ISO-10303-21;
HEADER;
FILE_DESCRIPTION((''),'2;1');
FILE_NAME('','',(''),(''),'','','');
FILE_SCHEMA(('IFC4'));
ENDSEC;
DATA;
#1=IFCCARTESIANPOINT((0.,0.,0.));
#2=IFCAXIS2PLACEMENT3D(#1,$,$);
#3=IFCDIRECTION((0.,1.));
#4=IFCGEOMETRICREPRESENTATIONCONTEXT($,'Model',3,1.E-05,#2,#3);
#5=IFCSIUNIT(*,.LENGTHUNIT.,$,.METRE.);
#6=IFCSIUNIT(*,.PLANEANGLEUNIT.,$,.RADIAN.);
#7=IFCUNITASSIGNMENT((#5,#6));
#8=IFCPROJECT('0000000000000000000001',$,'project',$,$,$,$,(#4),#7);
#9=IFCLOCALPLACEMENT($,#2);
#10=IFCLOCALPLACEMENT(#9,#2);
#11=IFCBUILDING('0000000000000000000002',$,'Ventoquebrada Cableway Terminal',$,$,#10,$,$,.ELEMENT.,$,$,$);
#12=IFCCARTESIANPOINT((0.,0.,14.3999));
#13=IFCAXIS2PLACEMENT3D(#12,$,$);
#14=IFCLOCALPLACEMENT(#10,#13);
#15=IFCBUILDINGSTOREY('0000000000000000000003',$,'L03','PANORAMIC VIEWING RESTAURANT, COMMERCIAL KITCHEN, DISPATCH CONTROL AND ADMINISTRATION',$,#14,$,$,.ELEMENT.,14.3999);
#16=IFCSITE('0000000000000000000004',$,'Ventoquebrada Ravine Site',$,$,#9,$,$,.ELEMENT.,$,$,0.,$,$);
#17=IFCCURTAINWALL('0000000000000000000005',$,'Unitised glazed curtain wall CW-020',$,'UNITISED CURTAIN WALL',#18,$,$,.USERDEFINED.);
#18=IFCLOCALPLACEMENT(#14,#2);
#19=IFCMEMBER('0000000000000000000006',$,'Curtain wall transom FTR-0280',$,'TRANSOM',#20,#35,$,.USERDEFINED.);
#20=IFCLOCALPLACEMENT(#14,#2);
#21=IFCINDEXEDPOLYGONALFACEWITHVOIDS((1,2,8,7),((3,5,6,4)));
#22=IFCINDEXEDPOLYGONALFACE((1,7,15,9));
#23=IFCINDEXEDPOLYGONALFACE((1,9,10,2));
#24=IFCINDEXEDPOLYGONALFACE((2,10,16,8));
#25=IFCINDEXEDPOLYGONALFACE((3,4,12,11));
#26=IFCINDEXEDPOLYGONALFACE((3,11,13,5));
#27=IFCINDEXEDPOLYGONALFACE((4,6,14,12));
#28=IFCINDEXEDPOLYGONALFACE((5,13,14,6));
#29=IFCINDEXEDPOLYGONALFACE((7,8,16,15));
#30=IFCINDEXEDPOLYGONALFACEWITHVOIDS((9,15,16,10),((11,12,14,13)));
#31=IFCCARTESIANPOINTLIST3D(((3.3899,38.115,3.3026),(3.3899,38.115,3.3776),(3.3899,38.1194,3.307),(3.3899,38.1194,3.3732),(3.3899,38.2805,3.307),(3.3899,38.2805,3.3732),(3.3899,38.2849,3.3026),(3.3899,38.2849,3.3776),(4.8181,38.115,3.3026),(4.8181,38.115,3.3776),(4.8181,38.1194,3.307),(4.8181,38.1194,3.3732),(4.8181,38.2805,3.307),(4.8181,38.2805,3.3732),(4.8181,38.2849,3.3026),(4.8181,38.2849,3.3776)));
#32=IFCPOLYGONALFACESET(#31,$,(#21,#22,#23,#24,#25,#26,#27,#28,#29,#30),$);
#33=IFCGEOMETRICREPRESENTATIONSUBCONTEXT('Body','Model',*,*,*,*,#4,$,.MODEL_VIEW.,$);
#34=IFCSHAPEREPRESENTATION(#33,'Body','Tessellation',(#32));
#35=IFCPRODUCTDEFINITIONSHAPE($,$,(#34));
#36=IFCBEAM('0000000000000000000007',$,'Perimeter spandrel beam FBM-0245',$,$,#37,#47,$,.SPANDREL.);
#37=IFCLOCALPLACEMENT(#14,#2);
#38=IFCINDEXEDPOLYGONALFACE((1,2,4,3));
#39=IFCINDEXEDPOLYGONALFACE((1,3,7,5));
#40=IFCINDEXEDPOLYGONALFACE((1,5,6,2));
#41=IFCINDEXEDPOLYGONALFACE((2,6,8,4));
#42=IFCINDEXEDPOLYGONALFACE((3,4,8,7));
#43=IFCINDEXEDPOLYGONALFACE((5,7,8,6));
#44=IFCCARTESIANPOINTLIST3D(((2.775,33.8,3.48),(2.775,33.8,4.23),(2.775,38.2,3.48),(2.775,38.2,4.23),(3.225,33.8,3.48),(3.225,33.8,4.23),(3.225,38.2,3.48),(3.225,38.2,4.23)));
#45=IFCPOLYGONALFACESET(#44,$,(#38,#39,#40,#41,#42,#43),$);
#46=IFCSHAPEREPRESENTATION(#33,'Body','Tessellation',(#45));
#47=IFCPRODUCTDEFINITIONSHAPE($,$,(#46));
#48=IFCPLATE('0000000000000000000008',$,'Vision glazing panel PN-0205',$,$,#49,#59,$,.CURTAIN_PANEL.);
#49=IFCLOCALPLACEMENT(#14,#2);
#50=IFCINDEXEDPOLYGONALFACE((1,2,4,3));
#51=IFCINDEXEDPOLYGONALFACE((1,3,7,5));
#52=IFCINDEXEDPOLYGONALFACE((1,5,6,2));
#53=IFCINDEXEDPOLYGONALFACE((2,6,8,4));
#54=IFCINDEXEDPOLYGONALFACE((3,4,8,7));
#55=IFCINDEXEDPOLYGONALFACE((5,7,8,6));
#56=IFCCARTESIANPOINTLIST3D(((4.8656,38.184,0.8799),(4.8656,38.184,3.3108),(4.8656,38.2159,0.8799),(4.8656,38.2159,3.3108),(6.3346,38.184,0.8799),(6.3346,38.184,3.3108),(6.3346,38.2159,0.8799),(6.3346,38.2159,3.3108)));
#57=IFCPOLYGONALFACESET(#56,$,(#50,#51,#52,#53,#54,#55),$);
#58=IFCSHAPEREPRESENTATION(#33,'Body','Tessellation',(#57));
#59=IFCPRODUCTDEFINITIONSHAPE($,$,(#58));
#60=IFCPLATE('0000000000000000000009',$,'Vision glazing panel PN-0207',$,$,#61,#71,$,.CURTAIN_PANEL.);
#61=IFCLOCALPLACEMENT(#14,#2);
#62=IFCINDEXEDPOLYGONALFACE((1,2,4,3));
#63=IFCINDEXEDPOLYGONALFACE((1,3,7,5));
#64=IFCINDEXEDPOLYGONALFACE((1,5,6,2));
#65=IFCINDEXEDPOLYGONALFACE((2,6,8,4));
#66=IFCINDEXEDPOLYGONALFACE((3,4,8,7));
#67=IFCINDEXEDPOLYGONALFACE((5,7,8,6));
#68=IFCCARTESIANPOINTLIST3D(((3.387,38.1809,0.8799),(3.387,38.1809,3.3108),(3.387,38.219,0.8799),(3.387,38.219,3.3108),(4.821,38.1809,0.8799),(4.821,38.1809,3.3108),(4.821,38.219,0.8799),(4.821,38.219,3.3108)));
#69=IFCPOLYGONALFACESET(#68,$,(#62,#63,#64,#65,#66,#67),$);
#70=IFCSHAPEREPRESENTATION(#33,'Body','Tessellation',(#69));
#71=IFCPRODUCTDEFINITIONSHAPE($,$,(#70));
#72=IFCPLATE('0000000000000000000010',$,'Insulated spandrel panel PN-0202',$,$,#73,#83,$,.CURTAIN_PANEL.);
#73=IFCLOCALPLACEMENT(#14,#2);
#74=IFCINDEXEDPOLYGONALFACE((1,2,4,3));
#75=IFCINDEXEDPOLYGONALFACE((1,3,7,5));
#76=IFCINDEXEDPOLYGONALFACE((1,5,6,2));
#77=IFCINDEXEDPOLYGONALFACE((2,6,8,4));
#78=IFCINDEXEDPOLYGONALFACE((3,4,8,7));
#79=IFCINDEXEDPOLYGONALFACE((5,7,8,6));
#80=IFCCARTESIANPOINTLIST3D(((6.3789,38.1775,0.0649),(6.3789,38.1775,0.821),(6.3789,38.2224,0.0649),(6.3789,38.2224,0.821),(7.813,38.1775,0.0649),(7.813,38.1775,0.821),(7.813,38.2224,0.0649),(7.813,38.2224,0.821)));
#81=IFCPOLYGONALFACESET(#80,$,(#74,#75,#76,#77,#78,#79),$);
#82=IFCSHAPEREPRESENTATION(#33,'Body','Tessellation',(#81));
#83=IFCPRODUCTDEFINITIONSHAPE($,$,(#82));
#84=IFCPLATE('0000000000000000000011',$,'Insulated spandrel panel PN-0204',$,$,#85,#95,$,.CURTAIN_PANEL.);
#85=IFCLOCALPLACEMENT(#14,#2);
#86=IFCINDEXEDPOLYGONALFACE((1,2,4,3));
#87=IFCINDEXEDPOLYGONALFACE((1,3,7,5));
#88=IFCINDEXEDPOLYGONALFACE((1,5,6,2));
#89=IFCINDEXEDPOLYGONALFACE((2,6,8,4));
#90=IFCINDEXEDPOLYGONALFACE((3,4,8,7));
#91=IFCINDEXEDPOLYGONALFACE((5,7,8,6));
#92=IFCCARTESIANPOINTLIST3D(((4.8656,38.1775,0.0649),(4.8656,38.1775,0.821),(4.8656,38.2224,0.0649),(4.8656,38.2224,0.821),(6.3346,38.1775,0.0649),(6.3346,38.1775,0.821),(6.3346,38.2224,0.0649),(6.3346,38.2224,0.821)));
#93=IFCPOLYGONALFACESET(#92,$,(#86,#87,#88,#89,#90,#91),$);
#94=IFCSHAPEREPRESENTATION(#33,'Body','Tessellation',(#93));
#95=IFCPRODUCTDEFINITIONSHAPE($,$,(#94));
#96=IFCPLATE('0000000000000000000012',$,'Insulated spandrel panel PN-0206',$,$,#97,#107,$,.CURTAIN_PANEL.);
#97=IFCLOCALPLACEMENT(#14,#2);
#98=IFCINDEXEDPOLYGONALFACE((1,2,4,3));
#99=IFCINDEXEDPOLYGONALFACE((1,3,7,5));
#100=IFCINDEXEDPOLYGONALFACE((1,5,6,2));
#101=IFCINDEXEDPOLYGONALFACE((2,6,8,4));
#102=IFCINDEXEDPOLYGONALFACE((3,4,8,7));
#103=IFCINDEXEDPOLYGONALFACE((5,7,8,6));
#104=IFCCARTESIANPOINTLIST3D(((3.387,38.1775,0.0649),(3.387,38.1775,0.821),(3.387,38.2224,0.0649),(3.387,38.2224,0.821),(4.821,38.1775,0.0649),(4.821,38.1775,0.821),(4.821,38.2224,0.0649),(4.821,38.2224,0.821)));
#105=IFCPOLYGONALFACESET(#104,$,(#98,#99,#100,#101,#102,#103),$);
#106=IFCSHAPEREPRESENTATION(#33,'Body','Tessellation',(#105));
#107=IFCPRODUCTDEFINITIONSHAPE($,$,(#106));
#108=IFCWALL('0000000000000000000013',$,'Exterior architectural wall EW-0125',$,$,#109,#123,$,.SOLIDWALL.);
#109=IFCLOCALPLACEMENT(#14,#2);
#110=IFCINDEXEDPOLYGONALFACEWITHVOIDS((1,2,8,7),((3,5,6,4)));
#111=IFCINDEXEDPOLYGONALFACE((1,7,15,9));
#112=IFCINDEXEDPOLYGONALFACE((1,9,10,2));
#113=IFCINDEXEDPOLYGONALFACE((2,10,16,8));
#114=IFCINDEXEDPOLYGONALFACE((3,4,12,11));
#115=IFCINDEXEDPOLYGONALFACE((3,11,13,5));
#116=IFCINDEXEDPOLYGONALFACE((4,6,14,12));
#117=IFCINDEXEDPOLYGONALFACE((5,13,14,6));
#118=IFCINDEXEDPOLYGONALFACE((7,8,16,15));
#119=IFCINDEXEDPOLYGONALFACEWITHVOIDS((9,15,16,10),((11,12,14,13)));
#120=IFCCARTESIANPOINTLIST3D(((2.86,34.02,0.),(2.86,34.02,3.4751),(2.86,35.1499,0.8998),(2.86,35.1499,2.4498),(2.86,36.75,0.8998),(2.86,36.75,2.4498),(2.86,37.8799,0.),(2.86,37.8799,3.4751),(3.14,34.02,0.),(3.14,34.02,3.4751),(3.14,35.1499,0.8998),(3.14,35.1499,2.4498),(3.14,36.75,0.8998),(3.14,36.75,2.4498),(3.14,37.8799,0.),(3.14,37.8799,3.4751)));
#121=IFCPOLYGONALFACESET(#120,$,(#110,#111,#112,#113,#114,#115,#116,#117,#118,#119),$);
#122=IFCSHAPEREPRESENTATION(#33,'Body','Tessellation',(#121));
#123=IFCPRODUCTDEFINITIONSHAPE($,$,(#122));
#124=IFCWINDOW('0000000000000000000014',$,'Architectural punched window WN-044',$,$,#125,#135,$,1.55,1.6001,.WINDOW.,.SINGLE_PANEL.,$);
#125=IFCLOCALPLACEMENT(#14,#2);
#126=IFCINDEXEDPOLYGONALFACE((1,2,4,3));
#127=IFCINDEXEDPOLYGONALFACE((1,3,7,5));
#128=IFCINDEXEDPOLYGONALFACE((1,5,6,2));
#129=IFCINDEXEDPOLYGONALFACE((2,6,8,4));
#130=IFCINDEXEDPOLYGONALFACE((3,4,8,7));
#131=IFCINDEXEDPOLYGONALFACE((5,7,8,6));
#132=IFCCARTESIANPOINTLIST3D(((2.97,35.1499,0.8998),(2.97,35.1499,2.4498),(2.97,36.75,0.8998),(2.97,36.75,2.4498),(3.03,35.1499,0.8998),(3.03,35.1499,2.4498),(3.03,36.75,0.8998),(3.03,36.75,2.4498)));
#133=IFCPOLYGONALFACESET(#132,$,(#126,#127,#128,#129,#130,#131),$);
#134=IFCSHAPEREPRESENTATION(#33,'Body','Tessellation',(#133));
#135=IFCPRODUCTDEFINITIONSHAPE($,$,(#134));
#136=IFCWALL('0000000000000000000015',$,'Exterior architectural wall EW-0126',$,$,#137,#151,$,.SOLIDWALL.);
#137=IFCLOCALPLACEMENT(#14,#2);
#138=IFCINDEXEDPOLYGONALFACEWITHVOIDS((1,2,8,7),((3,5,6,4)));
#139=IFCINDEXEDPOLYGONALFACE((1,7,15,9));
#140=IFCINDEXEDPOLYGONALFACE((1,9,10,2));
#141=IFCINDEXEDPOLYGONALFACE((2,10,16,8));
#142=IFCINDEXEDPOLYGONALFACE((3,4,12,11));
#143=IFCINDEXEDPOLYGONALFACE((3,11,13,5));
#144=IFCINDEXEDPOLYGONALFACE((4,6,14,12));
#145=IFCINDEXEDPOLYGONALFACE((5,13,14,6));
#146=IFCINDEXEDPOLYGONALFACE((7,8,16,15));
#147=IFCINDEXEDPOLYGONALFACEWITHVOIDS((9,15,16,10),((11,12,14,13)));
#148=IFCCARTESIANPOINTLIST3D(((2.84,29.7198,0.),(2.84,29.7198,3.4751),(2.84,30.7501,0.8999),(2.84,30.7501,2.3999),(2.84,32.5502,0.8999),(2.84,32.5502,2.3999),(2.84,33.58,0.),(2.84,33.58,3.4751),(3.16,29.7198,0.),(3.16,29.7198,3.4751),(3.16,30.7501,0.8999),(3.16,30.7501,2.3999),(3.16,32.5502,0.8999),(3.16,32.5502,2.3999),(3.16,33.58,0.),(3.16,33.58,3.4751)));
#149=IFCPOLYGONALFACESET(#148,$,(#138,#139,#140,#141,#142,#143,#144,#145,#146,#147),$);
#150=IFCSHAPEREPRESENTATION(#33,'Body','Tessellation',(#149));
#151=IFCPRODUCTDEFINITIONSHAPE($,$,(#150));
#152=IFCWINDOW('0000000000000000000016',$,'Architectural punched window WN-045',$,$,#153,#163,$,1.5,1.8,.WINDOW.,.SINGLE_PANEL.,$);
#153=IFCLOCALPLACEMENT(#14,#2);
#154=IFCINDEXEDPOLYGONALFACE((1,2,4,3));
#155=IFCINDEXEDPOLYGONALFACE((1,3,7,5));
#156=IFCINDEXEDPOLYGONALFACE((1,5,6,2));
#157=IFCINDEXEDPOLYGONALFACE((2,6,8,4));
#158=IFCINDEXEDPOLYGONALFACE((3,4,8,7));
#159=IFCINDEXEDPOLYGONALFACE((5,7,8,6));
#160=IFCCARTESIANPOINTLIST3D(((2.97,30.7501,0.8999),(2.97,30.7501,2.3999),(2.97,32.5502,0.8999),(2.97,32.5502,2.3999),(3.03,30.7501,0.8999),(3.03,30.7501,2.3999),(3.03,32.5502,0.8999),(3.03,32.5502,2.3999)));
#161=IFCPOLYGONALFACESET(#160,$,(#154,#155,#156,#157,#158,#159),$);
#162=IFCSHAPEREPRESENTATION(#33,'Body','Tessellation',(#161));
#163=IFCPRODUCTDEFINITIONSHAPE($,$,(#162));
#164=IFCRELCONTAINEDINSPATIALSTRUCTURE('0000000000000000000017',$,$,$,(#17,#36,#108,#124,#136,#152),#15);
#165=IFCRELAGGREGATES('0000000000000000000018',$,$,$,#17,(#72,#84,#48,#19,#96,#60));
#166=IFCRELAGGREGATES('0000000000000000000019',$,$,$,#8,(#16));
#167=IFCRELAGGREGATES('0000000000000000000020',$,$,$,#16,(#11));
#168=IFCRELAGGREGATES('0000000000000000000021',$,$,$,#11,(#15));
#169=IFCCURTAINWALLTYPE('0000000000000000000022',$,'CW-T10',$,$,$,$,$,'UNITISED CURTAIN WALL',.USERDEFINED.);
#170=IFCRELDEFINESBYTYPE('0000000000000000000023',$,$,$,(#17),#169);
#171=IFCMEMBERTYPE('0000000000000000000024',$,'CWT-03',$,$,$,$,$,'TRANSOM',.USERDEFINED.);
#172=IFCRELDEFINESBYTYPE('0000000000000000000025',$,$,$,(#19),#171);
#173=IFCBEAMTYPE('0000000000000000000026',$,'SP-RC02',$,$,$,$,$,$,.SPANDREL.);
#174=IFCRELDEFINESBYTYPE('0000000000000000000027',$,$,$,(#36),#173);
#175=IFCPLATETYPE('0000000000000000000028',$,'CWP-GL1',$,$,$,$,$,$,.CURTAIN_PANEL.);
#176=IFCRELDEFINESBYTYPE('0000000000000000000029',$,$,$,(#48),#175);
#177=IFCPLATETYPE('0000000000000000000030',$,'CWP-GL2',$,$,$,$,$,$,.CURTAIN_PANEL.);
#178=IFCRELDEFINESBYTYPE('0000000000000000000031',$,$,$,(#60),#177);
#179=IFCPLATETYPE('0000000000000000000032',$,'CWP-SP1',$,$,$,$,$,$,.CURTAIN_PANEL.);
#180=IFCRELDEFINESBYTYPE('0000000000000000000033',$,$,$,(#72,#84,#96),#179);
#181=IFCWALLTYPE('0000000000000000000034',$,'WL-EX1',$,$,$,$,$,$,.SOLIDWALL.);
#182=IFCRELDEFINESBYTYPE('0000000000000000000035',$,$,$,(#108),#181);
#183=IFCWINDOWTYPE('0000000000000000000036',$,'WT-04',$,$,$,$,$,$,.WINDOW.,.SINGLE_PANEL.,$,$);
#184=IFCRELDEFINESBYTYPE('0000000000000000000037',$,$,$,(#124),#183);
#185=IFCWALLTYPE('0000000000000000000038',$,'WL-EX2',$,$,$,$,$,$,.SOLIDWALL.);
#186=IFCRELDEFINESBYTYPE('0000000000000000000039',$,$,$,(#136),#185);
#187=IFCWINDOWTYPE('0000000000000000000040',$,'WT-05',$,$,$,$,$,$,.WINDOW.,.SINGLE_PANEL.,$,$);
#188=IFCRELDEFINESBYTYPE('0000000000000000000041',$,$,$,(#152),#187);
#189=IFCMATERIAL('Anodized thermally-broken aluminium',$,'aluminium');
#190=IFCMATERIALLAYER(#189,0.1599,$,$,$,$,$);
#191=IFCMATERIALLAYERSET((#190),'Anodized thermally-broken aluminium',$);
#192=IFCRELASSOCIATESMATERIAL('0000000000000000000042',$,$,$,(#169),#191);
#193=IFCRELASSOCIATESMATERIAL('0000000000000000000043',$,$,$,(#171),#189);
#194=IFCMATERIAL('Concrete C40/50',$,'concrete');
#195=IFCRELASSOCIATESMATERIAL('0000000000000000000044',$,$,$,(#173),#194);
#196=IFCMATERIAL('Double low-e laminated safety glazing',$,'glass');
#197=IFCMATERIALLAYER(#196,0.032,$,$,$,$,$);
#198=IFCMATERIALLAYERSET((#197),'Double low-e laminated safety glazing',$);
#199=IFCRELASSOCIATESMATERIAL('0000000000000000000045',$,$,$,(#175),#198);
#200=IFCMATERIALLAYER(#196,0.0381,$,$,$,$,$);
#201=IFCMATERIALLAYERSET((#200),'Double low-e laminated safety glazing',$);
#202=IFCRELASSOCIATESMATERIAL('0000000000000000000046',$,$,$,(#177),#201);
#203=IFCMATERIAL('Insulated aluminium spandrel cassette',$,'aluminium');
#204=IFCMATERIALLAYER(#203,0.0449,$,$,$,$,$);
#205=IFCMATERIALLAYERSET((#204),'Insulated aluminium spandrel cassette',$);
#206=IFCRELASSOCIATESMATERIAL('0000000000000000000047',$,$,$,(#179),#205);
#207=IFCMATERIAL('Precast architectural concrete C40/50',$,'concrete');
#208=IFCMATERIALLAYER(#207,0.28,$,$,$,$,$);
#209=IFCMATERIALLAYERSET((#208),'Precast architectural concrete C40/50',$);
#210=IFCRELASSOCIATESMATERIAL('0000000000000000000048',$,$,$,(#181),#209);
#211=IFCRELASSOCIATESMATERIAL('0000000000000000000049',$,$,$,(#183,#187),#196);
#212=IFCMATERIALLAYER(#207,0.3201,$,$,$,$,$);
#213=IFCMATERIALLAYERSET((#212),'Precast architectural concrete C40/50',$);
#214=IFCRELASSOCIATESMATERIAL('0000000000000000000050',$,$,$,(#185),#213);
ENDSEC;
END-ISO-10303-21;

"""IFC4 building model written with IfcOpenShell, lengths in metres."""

from ifc_helpers import new_model, si_unit, direction, frame, frame_2d, origin, origin_2d, place, context, subcontext, project, spatial, rectangle, hollow_rectangle, extrude, material, layer, layer_set, material_profile, profile_set, type_object, element, fill, aggregate, save


model = new_model("IFC4")

# Units and contexts
model_context = context("Model", 3, precision=1e-05, world=origin(), true_north=direction((0.0, 1.0)))
body_context = subcontext(model_context, "Body", "Model", "MODEL_VIEW")
ifc_project = project(units=[si_unit("LENGTHUNIT", "METRE"), si_unit("PLANEANGLEUNIT", "RADIAN")], contexts=[model_context])

# Site, building, storey
site_placement = place(None, origin())
site = spatial("IfcSite", under=ifc_project, at=site_placement, Name="Ventoquebrada Ravine Site", CompositionType="ELEMENT", RefElevation=0.0)
building_placement = place(site_placement, origin())
building = spatial("IfcBuilding", under=site, at=building_placement, Name="Ventoquebrada Cableway Terminal", CompositionType="ELEMENT")
storey_placement = place(building_placement, frame((0.0, 0.0, 14.3999)))
storey = spatial("IfcBuildingStorey", under=building, at=storey_placement, Name="L03", Description="PANORAMIC VIEWING RESTAURANT, COMMERCIAL KITCHEN, DISPATCH CONTROL AND ADMINISTRATION", CompositionType="ELEMENT", Elevation=14.3999)

# Shared definitions
ifc_material_1 = material(Name="Concrete C40/50", Category="concrete")

# Curtain wall, member
ifc_material_2 = material(Name="Anodized thermally-broken aluminium", Category="aluminium")
ifc_layer_1 = layer(ifc_material_2, 0.1599)
ifc_layer_set_1 = layer_set([ifc_layer_1], Name="Anodized thermally-broken aluminium")
curtain_wall_type = type_object("IfcCurtainWallType", Name="CW-T10", ElementType="UNITISED CURTAIN WALL", PredefinedType="USERDEFINED", material=ifc_layer_set_1)
curtain_wall_placement = place(storey_placement, origin())
curtain_wall = element("IfcCurtainWall", 1, at=curtain_wall_placement, inside=storey, type_object=curtain_wall_type, Name="Unitised glazed curtain wall CW-020", ObjectType="UNITISED CURTAIN WALL", PredefinedType="USERDEFINED")
ifc_material_profile_1 = material_profile(ifc_material_2, hollow_rectangle(XDim=0.075, YDim=0.1699, WallThickness=0.0044, at=origin_2d()), Name="CW-TRN-75X170")
ifc_profile_set_1 = profile_set([ifc_material_profile_1], Name="Anodized thermally-broken aluminium")
member_type_1 = type_object("IfcMemberType", Name="CWT-03", ElementType="TRANSOM", PredefinedType="USERDEFINED", material=ifc_profile_set_1)
member_1_placement = place(storey_placement, frame((4.8181, 38.2, 3.3401), z_axis=(-1.0, 0.0, 0.0), x_axis=(0.0, 0.0, 1.0)))
member_1 = element("IfcMember", 2, at=member_1_placement, type_object=member_type_1, Name="Curtain wall transom FTR-0280", ObjectType="TRANSOM", PredefinedType="USERDEFINED", context=body_context, shape_type="SweptSolid", body=[
    extrude(hollow_rectangle(XDim=0.075, YDim=0.1699, WallThickness=0.0044, at=origin_2d()), origin(), (0.0, 0.0, 1.0), 1.4282),
])

# Beam
ifc_material_profile_2 = material_profile(ifc_material_1, rectangle(XDim=0.45, YDim=0.75, at=origin_2d()), Name="RC-BM-450X750")
ifc_profile_set_2 = profile_set([ifc_material_profile_2], Name="Concrete C40/50")
beam_type_1 = type_object("IfcBeamType", Name="SP-RC02", PredefinedType="SPANDREL", material=ifc_profile_set_2)
beam_1_placement = place(storey_placement, frame((3.0, 33.8, 3.855), z_axis=(0.0, 1.0, 0.0), x_axis=(-1.0, 0.0, 0.0)))
element("IfcBeam", 3, at=beam_1_placement, inside=storey, type_object=beam_type_1, Name="Perimeter spandrel beam FBM-0245", PredefinedType="SPANDREL", context=body_context, shape_type="SweptSolid", body=[
    extrude(rectangle(XDim=0.45, YDim=0.75, at=origin_2d()), origin(), (0.0, 0.0, 1.0), 4.3999),
])

# Plates
ifc_material_3 = material(Name="Double low-e laminated safety glazing", Category="glass")
ifc_layer_2 = layer(ifc_material_3, 0.032)
ifc_layer_set_2 = layer_set([ifc_layer_2], Name="Double low-e laminated safety glazing")
plate_type_1 = type_object("IfcPlateType", Name="CWP-GL1", PredefinedType="CURTAIN_PANEL", material=ifc_layer_set_2)
plate_1_placement = place(storey_placement, frame((5.6001, 38.2, 0.8799), z_axis=(0.0, 0.0, 1.0), x_axis=(-1.0, 0.0, 0.0)))
plate_1 = element("IfcPlate", 4, at=plate_1_placement, type_object=plate_type_1, Name="Vision glazing panel PN-0205", PredefinedType="CURTAIN_PANEL", context=body_context, shape_type="SweptSolid", body=[
    extrude(rectangle(XDim=1.469, YDim=0.032, at=origin_2d()), origin(), (0.0, 0.0, 1.0), 2.4309),
])
ifc_layer_3 = layer(ifc_material_3, 0.0381)
ifc_layer_set_3 = layer_set([ifc_layer_3], Name="Double low-e laminated safety glazing")
plate_type_2 = type_object("IfcPlateType", Name="CWP-GL2", PredefinedType="CURTAIN_PANEL", material=ifc_layer_set_3)
plate_2_placement = place(storey_placement, frame((4.104, 38.2, 0.8799), z_axis=(0.0, 0.0, 1.0), x_axis=(-1.0, 0.0, 0.0)))
plate_2 = element("IfcPlate", 5, at=plate_2_placement, type_object=plate_type_2, Name="Vision glazing panel PN-0207", PredefinedType="CURTAIN_PANEL", context=body_context, shape_type="SweptSolid", body=[
    extrude(rectangle(XDim=1.4341, YDim=0.0381, at=origin_2d()), origin(), (0.0, 0.0, 1.0), 2.4309),
])
ifc_material_4 = material(Name="Insulated aluminium spandrel cassette", Category="aluminium")
ifc_layer_4 = layer(ifc_material_4, 0.0449)
ifc_layer_set_4 = layer_set([ifc_layer_4], Name="Insulated aluminium spandrel cassette")
plate_type_3 = type_object("IfcPlateType", Name="CWP-SP1", PredefinedType="CURTAIN_PANEL", material=ifc_layer_set_4)
plate_3_placement = place(storey_placement, frame((7.0959, 38.2, 0.0649), z_axis=(0.0, 0.0, 1.0), x_axis=(-1.0, 0.0, 0.0)))
plate_3 = element("IfcPlate", 6, at=plate_3_placement, type_object=plate_type_3, Name="Insulated spandrel panel PN-0202", PredefinedType="CURTAIN_PANEL", context=body_context, shape_type="SweptSolid", body=[
    extrude(rectangle(XDim=1.4341, YDim=0.0449, at=origin_2d()), origin(), (0.0, 0.0, 1.0), 0.7561),
])
plate_4_placement = place(storey_placement, frame((5.6001, 38.2, 0.0649), z_axis=(0.0, 0.0, 1.0), x_axis=(-1.0, 0.0, 0.0)))
plate_4 = element("IfcPlate", 7, at=plate_4_placement, type_object=plate_type_3, Name="Insulated spandrel panel PN-0204", PredefinedType="CURTAIN_PANEL", context=body_context, shape_type="SweptSolid", body=[
    extrude(rectangle(XDim=1.469, YDim=0.0449, at=origin_2d()), origin(), (0.0, 0.0, 1.0), 0.7561),
])
plate_5_placement = place(storey_placement, frame((4.104, 38.2, 0.0649), z_axis=(0.0, 0.0, 1.0), x_axis=(-1.0, 0.0, 0.0)))
plate_5 = element("IfcPlate", 8, at=plate_5_placement, type_object=plate_type_3, Name="Insulated spandrel panel PN-0206", PredefinedType="CURTAIN_PANEL", context=body_context, shape_type="SweptSolid", body=[
    extrude(rectangle(XDim=1.4341, YDim=0.0449, at=origin_2d()), origin(), (0.0, 0.0, 1.0), 0.7561),
])
aggregate(curtain_wall, [plate_3, plate_4, plate_1, member_1, plate_5, plate_2])

# Walls, openings, windows
ifc_material_5 = material(Name="Precast architectural concrete C40/50", Category="concrete")
ifc_layer_5 = layer(ifc_material_5, 0.28)
ifc_layer_set_5 = layer_set([ifc_layer_5], Name="Precast architectural concrete C40/50")
wall_type_1 = type_object("IfcWallType", Name="WL-EX1", PredefinedType="SOLIDWALL", material=ifc_layer_set_5)
wall_1_placement = place(storey_placement, frame((3.0, 37.8799, 0.0), z_axis=(0.0, 0.0, 1.0), x_axis=(0.0, -1.0, 0.0)))
wall_1 = element("IfcWall", 9, at=wall_1_placement, inside=storey, type_object=wall_type_1, Name="Exterior architectural wall EW-0125", PredefinedType="SOLIDWALL", context=body_context, shape_type="SweptSolid", body=[
    extrude(rectangle(XDim=3.8599, YDim=0.28, at=frame_2d((1.9299, 0.0))), origin(), (0.0, 0.0, 1.0), 3.4751),
])
opening_1_placement = place(wall_1_placement, frame((1.1299, 0.0, 0.8999)))
opening_1 = element("IfcOpeningElement", 10, at=opening_1_placement, cuts=wall_1, PredefinedType="OPENING", context=body_context, shape_type="SweptSolid", body=[
    extrude(rectangle(XDim=1.6001, YDim=1.55, at=frame_2d((0.8, 0.7749))), frame((0.0, 0.1499, 0.0), z_axis=(0.0, -1.0, 0.0), x_axis=(1.0, 0.0, 0.0)), (0.0, 0.0, 1.0), 0.3),
])
window_type_1 = type_object("IfcWindowType", Name="WT-04", PartitioningType="SINGLE_PANEL", PredefinedType="WINDOW", material=ifc_material_3)
window_1_placement = place(opening_1_placement, origin())
window_1 = element("IfcWindow", 11, at=window_1_placement, inside=storey, type_object=window_type_1, Name="Architectural punched window WN-044", OverallHeight=1.55, OverallWidth=1.6001, PartitioningType="SINGLE_PANEL", PredefinedType="WINDOW", context=body_context, shape_type="SweptSolid", body=[
    extrude(rectangle(XDim=1.6001, YDim=1.55, at=frame_2d((0.8, 0.7749))), frame((0.0, 0.03, 0.0), z_axis=(0.0, -1.0, 0.0), x_axis=(1.0, 0.0, 0.0)), (0.0, 0.0, 1.0), 0.0601),
])
fill(opening_1, window_1)
ifc_layer_6 = layer(ifc_material_5, 0.3201)
ifc_layer_set_6 = layer_set([ifc_layer_6], Name="Precast architectural concrete C40/50")
wall_type_2 = type_object("IfcWallType", Name="WL-EX2", PredefinedType="SOLIDWALL", material=ifc_layer_set_6)
wall_2_placement = place(storey_placement, frame((3.0, 33.5801, 0.0), z_axis=(0.0, 0.0, 1.0), x_axis=(0.0, -1.0, 0.0)))
wall_2 = element("IfcWall", 12, at=wall_2_placement, inside=storey, type_object=wall_type_2, Name="Exterior architectural wall EW-0126", PredefinedType="SOLIDWALL", context=body_context, shape_type="SweptSolid", body=[
    extrude(rectangle(XDim=3.8601, YDim=0.3201, at=frame_2d((1.9302, 0.0))), origin(), (0.0, 0.0, 1.0), 3.4751),
])
opening_2_placement = place(wall_2_placement, frame((1.03, 0.0, 0.8999)))
opening_2 = element("IfcOpeningElement", 13, at=opening_2_placement, cuts=wall_2, PredefinedType="OPENING", context=body_context, shape_type="SweptSolid", body=[
    extrude(rectangle(XDim=1.8, YDim=1.5, at=frame_2d((0.8999, 0.75))), frame((0.0, 0.1699, 0.0), z_axis=(0.0, -1.0, 0.0), x_axis=(1.0, 0.0, 0.0)), (0.0, 0.0, 1.0), 0.3401),
])
window_type_2 = type_object("IfcWindowType", Name="WT-05", PartitioningType="SINGLE_PANEL", PredefinedType="WINDOW", material=ifc_material_3)
window_2_placement = place(opening_2_placement, origin())
window_2 = element("IfcWindow", 14, at=window_2_placement, inside=storey, type_object=window_type_2, Name="Architectural punched window WN-045", OverallHeight=1.5, OverallWidth=1.8, PartitioningType="SINGLE_PANEL", PredefinedType="WINDOW", context=body_context, shape_type="SweptSolid", body=[
    extrude(rectangle(XDim=1.8, YDim=1.5, at=frame_2d((0.8999, 0.75))), frame((0.0, 0.03, 0.0), z_axis=(0.0, -1.0, 0.0), x_axis=(1.0, 0.0, 0.0)), (0.0, 0.0, 1.0), 0.0601),
])
fill(opening_2, window_2)

save(model, "model.ifc")
